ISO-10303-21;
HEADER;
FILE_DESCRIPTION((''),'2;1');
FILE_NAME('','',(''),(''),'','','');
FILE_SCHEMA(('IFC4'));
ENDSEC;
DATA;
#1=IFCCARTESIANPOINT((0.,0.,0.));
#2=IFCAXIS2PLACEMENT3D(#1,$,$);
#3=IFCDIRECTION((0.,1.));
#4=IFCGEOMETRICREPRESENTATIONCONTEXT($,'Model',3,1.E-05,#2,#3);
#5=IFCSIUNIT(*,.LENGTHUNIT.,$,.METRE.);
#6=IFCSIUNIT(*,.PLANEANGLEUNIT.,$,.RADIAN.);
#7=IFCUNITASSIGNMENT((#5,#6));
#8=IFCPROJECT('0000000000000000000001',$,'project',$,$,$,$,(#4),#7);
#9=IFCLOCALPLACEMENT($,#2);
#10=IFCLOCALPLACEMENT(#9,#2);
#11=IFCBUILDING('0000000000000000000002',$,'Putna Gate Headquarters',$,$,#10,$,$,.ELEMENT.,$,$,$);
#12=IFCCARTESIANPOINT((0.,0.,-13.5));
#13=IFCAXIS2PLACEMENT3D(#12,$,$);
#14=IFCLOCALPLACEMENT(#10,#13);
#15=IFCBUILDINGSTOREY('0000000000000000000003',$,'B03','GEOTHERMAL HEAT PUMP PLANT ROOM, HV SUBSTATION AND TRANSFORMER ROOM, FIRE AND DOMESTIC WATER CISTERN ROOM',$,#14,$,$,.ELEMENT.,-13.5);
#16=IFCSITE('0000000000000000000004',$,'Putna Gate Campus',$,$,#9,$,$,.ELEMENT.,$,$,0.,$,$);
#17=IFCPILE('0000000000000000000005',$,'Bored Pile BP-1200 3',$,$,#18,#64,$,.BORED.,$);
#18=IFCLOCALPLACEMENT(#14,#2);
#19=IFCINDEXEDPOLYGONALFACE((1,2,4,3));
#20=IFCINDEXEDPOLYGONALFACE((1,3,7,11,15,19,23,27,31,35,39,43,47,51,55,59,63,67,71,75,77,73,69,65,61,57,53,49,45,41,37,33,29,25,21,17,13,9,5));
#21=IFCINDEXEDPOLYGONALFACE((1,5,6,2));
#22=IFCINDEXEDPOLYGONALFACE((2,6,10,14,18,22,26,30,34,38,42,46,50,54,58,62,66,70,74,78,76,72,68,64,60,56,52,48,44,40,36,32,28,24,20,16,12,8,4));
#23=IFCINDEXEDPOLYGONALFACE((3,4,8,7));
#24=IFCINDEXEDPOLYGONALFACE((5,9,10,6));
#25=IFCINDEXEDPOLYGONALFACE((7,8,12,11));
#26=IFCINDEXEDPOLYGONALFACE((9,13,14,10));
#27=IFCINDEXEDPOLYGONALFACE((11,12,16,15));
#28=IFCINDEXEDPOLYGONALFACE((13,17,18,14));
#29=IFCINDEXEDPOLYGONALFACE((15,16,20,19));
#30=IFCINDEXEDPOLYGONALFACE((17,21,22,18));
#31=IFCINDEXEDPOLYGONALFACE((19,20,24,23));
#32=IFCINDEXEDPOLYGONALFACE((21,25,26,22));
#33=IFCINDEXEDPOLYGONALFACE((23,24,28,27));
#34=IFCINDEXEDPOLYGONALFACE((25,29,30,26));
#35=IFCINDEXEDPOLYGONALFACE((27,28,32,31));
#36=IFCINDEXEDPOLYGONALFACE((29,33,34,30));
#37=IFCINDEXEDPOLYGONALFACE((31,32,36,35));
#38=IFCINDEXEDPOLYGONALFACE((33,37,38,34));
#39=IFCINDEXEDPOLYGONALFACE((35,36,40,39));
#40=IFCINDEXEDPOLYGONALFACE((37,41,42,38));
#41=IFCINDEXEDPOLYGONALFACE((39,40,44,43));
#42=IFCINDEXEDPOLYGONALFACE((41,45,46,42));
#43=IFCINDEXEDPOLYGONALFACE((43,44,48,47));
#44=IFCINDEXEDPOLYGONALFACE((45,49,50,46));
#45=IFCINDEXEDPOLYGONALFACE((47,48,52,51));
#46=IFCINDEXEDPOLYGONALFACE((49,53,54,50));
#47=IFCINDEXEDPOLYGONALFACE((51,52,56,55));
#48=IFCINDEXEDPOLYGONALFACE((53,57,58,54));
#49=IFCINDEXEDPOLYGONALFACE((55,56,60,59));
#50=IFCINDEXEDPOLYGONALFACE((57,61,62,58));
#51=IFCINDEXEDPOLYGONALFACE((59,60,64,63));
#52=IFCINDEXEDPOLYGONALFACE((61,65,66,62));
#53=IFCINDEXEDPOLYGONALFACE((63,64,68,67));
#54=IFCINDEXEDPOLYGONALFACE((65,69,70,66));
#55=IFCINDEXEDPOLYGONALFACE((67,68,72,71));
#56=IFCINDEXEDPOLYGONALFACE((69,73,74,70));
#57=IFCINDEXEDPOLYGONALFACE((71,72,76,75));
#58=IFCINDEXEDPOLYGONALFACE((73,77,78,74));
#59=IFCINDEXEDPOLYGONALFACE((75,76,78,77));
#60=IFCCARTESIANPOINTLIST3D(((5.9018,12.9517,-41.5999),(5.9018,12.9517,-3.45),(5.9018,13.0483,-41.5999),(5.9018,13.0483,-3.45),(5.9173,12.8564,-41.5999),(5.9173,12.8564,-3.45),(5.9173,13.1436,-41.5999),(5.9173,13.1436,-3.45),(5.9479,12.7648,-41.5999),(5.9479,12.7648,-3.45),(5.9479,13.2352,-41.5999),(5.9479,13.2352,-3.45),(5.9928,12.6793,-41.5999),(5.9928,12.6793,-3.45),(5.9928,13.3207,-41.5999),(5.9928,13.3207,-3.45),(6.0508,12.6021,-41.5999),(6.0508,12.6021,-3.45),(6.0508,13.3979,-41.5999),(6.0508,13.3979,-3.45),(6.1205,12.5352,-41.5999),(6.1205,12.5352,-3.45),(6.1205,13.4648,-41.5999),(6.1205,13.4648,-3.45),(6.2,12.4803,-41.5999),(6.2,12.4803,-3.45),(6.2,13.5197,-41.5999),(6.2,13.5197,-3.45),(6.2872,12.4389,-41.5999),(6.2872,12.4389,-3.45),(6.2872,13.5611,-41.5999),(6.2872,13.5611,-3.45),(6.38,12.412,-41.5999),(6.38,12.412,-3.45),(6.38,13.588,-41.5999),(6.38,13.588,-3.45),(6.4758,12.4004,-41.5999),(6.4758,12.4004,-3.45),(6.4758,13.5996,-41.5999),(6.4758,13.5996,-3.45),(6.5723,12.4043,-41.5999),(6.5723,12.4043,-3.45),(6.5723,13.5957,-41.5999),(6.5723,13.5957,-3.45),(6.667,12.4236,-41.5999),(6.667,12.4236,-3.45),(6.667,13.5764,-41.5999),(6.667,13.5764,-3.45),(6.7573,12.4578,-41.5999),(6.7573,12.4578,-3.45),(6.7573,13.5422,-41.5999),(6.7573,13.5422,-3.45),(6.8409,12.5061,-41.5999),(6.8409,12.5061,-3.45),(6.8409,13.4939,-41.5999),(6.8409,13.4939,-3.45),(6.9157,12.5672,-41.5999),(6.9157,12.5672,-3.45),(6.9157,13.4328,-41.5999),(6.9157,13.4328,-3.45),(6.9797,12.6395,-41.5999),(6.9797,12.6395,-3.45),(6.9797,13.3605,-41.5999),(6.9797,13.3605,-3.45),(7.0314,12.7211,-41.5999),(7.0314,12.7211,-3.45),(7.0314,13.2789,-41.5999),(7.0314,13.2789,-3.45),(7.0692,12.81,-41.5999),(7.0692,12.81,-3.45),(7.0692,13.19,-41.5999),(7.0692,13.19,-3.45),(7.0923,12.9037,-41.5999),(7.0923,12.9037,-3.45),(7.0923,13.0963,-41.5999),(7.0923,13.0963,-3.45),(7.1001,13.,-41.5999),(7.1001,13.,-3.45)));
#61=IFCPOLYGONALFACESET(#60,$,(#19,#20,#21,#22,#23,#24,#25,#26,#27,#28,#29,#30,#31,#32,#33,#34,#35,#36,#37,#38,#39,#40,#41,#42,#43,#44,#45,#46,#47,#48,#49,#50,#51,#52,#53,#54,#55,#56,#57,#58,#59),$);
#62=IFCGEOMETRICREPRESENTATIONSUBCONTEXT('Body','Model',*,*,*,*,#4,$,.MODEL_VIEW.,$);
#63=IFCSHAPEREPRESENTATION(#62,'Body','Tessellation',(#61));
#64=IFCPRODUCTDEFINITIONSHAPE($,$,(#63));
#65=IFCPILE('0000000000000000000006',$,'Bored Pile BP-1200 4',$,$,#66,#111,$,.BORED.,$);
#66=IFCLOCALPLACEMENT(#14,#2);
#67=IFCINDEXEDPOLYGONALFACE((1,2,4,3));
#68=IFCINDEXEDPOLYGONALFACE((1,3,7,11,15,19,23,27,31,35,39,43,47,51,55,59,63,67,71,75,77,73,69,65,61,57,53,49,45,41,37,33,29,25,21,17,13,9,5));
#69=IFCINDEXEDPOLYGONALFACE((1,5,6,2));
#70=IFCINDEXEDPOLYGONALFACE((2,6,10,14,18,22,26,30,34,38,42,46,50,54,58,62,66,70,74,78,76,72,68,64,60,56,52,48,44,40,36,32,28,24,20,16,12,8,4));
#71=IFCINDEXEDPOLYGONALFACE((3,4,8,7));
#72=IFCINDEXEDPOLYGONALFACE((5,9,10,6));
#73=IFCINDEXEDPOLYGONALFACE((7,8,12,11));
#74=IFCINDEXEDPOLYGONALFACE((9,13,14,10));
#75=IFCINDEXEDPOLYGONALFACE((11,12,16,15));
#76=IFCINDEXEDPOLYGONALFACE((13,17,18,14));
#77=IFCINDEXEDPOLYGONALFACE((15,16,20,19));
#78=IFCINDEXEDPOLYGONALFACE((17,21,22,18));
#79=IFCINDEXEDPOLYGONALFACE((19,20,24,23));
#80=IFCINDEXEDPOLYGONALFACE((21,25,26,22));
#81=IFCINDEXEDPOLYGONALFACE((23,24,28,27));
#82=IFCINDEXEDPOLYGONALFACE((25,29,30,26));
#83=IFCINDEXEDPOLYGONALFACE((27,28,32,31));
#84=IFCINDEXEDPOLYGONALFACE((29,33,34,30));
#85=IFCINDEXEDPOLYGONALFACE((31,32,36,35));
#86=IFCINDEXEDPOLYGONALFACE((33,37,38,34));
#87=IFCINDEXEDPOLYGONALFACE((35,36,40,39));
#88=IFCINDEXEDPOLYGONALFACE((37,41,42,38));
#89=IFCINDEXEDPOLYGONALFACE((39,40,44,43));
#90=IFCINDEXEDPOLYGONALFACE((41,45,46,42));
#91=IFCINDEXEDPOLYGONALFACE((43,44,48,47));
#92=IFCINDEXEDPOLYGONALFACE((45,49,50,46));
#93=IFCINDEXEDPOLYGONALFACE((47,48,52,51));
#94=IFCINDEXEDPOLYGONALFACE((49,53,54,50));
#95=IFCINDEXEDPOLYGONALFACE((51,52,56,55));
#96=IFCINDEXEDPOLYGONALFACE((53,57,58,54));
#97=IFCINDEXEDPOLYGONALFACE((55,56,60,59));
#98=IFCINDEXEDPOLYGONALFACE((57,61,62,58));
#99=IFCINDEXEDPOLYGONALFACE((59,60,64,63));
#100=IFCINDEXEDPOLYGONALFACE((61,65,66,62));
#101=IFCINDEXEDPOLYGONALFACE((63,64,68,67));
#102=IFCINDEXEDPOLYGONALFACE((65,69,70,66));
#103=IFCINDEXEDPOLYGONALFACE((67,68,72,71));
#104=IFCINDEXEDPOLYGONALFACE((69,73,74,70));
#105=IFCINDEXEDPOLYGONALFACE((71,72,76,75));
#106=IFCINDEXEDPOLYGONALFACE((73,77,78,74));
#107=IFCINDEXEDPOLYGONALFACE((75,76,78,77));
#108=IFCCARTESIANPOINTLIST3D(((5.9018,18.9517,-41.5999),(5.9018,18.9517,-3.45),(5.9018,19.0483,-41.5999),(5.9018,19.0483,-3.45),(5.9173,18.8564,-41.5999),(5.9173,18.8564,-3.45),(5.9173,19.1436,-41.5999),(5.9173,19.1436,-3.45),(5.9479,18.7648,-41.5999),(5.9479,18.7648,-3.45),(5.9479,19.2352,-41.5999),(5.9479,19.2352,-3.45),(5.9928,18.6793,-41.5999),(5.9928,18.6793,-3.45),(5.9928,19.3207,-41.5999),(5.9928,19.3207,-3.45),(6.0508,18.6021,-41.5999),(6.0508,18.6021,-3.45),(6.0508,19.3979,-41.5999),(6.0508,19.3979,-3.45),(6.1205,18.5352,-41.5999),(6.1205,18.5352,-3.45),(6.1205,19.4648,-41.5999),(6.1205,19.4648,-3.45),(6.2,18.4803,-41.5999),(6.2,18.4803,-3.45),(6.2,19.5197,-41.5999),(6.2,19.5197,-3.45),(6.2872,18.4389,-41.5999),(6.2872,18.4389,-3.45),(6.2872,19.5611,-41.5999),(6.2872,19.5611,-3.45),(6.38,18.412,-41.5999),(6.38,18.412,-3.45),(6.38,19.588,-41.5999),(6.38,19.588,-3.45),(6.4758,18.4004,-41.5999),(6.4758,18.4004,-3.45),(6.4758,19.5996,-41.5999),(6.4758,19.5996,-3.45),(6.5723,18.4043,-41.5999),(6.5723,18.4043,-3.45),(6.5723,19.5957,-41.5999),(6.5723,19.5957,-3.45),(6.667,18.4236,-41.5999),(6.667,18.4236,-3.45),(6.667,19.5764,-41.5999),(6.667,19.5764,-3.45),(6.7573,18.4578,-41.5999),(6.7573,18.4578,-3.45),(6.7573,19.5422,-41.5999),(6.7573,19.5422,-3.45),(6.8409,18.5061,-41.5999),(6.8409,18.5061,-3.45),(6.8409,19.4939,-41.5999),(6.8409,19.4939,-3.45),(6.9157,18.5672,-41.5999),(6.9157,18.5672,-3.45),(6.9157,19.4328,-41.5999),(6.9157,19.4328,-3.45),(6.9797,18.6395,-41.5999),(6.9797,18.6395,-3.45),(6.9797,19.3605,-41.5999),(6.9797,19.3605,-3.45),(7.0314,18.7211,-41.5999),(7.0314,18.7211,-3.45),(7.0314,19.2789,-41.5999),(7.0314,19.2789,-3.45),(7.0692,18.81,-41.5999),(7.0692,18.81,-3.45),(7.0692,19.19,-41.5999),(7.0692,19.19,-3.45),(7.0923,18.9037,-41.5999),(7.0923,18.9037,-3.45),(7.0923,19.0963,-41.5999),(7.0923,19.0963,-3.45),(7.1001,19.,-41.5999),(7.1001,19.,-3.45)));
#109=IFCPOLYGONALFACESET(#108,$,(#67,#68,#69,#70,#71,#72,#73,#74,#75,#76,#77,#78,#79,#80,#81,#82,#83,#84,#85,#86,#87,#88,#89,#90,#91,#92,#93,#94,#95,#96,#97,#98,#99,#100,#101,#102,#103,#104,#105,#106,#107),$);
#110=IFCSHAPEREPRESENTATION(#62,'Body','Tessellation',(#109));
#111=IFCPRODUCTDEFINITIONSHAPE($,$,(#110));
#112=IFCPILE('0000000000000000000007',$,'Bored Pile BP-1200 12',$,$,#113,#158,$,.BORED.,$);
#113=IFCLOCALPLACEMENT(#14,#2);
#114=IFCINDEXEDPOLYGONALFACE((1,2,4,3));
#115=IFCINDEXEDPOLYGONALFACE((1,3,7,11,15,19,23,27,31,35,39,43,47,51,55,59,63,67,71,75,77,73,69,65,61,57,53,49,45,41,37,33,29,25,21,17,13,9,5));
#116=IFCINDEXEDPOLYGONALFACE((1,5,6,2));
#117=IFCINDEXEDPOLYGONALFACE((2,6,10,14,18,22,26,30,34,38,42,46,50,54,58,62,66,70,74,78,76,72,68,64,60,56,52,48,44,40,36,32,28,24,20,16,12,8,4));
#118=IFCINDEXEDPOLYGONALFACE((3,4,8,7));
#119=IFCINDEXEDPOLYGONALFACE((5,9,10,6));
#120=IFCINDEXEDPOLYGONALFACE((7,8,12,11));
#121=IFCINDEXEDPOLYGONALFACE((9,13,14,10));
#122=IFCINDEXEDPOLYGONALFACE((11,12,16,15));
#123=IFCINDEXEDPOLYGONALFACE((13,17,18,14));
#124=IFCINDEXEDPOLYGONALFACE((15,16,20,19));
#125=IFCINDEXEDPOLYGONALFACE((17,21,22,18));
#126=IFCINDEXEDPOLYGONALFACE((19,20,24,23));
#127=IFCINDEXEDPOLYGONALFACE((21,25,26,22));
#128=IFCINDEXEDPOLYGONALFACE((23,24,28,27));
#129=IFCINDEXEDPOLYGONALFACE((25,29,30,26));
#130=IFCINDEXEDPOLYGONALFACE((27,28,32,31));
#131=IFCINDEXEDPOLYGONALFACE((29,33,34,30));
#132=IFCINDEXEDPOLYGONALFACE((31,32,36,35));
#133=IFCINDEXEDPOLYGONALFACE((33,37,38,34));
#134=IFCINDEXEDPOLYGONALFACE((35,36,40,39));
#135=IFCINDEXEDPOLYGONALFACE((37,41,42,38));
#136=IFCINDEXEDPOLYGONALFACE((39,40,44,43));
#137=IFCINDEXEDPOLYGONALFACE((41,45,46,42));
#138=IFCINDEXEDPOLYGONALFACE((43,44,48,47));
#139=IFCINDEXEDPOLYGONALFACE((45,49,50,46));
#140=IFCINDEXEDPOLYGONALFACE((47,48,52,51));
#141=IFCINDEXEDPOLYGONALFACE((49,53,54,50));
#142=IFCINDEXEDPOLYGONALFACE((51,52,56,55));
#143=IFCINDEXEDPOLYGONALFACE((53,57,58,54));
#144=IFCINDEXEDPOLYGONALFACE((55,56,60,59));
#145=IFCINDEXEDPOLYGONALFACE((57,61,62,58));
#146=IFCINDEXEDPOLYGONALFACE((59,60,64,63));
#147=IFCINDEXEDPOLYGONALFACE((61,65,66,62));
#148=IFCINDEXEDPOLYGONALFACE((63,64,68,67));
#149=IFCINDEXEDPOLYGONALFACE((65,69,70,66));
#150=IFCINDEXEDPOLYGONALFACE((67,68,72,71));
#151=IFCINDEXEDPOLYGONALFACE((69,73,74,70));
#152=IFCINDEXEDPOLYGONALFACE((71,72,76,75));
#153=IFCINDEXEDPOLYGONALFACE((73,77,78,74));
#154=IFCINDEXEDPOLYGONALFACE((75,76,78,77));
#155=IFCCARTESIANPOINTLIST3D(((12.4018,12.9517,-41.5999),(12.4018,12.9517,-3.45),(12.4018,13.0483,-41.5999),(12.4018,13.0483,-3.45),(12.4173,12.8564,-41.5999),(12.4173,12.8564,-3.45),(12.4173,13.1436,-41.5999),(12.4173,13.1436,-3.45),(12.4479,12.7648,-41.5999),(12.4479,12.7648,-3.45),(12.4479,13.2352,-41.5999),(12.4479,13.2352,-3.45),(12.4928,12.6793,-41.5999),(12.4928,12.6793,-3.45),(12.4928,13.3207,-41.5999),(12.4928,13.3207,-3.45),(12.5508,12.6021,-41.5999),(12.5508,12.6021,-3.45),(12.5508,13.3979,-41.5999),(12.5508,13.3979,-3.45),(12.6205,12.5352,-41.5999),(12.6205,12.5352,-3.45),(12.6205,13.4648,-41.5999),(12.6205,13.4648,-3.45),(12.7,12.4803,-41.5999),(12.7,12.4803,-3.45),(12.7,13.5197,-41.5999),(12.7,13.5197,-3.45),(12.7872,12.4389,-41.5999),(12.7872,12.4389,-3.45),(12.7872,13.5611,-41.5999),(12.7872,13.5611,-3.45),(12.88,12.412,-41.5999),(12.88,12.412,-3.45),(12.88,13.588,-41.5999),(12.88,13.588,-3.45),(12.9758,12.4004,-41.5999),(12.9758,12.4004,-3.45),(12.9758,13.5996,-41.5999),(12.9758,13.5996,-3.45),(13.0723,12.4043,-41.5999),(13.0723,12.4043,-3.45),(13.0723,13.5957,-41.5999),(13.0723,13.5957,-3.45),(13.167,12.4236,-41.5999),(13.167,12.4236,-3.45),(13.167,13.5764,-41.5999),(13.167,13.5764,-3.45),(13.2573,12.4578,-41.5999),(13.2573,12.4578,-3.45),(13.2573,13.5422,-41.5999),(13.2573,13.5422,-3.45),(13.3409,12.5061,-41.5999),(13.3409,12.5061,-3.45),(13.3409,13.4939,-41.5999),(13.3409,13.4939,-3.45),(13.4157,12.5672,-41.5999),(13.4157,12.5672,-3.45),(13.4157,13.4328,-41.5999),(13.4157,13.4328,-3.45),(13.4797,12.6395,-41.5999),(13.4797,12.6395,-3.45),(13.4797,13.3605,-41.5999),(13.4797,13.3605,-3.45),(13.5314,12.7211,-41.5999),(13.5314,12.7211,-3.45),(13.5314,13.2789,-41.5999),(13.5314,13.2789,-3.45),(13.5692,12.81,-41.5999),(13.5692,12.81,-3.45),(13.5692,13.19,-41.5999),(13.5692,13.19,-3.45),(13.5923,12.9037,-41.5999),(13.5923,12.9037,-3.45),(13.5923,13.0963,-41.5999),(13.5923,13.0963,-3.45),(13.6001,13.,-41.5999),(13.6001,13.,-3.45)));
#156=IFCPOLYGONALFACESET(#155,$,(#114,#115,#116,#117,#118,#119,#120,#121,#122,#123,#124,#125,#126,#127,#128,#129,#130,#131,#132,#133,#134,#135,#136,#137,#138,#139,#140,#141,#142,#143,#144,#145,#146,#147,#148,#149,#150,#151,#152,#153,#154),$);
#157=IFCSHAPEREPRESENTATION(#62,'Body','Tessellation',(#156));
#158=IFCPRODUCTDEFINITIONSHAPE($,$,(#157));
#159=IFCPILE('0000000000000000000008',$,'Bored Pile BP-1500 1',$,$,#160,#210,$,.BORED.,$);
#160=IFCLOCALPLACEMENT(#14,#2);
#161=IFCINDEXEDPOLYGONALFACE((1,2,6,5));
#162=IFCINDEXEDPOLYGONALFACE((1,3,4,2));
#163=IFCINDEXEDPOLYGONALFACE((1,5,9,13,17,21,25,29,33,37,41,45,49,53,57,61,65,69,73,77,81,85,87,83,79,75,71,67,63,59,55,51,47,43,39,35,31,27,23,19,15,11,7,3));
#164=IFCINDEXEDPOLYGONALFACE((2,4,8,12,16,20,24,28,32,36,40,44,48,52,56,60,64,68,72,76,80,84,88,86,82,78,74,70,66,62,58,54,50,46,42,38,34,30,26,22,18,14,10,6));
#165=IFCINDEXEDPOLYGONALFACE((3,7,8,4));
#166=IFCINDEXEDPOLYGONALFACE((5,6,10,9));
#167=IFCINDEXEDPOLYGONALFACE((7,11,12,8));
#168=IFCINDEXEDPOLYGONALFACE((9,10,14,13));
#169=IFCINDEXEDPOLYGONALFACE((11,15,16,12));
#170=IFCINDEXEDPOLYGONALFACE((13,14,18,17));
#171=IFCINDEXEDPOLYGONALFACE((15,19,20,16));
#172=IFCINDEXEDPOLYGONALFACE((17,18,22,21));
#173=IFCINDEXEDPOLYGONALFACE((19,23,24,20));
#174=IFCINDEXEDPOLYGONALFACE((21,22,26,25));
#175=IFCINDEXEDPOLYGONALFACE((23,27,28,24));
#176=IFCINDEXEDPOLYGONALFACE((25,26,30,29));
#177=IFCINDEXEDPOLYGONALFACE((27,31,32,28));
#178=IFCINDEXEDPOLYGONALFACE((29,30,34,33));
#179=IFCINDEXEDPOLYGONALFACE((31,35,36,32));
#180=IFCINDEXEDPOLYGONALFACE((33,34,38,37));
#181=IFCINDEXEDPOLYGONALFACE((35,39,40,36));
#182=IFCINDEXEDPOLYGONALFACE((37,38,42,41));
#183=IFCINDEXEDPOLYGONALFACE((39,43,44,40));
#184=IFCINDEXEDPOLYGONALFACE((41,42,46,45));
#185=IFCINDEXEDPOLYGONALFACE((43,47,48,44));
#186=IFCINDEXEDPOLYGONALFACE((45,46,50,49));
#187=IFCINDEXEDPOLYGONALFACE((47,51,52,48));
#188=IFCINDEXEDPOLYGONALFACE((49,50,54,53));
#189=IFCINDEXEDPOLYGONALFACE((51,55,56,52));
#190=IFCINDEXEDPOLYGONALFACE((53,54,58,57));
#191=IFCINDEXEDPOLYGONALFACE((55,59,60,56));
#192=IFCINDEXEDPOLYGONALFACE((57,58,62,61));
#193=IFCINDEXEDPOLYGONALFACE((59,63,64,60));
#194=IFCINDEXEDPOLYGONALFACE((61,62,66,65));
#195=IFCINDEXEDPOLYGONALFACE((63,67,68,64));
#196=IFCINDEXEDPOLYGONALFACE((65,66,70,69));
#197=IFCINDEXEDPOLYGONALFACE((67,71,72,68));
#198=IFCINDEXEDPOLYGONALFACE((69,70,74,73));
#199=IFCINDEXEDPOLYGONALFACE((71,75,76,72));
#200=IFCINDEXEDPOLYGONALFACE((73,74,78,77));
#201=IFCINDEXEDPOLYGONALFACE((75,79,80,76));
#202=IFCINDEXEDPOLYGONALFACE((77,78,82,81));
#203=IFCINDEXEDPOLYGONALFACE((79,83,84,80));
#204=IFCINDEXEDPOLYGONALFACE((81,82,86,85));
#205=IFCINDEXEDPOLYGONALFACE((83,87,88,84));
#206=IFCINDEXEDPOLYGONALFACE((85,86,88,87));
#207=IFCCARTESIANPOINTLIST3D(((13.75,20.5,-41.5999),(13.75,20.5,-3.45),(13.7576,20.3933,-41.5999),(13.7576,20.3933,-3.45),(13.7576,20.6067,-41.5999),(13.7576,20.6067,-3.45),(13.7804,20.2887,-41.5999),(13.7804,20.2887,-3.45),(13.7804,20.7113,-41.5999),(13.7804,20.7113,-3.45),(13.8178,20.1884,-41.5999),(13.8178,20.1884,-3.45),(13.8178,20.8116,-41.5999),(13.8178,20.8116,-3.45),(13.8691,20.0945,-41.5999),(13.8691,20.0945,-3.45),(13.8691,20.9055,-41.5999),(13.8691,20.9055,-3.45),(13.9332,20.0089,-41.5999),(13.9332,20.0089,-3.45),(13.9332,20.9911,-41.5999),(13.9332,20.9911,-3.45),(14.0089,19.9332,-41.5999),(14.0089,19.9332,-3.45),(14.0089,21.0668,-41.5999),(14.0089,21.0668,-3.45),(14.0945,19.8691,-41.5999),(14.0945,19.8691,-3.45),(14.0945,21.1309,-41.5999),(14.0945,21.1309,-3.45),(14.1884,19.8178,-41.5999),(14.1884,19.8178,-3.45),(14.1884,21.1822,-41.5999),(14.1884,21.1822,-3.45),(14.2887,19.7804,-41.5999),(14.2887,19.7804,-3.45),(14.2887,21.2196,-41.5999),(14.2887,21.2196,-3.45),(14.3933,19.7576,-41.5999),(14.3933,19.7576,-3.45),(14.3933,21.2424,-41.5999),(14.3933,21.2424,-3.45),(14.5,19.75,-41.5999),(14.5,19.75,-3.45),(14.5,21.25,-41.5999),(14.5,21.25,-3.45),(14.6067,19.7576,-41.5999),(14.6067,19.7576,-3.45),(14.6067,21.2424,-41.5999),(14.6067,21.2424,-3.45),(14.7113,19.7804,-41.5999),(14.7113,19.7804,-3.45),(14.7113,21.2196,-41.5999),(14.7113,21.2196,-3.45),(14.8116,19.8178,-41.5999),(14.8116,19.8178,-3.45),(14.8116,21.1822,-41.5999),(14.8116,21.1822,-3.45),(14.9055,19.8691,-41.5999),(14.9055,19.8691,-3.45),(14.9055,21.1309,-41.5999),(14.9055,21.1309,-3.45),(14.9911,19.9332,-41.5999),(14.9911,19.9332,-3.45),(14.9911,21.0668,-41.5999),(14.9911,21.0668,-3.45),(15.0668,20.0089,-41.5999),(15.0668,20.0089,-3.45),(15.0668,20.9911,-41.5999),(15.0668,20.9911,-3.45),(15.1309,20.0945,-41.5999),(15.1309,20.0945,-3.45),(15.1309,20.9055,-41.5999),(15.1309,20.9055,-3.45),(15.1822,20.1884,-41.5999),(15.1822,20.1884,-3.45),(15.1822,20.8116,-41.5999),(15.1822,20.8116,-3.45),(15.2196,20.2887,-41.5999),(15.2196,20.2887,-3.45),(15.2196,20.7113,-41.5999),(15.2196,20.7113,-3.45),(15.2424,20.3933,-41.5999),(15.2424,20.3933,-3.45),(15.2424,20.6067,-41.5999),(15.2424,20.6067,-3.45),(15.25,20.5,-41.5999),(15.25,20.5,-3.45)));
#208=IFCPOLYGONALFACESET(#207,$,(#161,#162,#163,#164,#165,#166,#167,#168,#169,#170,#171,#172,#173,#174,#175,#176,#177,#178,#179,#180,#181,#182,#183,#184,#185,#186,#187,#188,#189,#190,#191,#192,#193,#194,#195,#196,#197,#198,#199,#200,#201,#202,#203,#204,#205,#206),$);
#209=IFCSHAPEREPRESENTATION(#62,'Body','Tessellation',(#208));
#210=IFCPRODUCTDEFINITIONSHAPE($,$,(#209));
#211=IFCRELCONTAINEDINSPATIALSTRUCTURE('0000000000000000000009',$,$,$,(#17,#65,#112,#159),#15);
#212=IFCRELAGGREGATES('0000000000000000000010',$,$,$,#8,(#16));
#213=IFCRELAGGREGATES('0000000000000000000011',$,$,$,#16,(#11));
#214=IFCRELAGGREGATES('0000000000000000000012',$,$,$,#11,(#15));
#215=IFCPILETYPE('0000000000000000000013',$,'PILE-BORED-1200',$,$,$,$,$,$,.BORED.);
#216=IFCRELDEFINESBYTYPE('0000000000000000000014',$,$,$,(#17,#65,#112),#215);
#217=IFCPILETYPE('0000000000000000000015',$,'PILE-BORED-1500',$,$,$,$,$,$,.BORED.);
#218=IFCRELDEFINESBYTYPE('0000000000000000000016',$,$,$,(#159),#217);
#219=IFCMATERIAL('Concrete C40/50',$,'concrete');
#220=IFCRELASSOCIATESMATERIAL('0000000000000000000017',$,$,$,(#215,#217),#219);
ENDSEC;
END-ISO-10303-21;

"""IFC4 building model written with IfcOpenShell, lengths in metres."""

from ifc_helpers import new_model, si_unit, direction, frame, origin, origin_2d, place, context, subcontext, project, spatial, circle, extrude, material, material_profile, profile_set, type_object, element, save


model = new_model("IFC4")

# Units and contexts
model_context = context("Model", 3, precision=1e-05, world=origin(), true_north=direction((0.0, 1.0)))
body_context = subcontext(model_context, "Body", "Model", "MODEL_VIEW")
ifc_project = project(units=[si_unit("LENGTHUNIT", "METRE"), si_unit("PLANEANGLEUNIT", "RADIAN")], contexts=[model_context])

# Site, building, storey
site_placement = place(None, origin())
site = spatial("IfcSite", under=ifc_project, at=site_placement, Name="Putna Gate Campus", CompositionType="ELEMENT", RefElevation=0.0)
building_placement = place(site_placement, origin())
building = spatial("IfcBuilding", under=site, at=building_placement, Name="Putna Gate Headquarters", CompositionType="ELEMENT")
storey_placement = place(building_placement, frame((0.0, 0.0, -13.5)))
storey = spatial("IfcBuildingStorey", under=building, at=storey_placement, Name="B03", Description="GEOTHERMAL HEAT PUMP PLANT ROOM, HV SUBSTATION AND TRANSFORMER ROOM, FIRE AND DOMESTIC WATER CISTERN ROOM", CompositionType="ELEMENT", Elevation=-13.5)

# Piles
ifc_material_1 = material(Name="Concrete C40/50", Category="concrete")
ifc_material_profile_1 = material_profile(ifc_material_1, circle(Radius=0.6001, at=origin_2d()), Name="Concrete C40/50")
ifc_profile_set_1 = profile_set([ifc_material_profile_1], Name="Concrete C40/50")
pile_type_1 = type_object("IfcPileType", Name="PILE-BORED-1200", PredefinedType="BORED", material=ifc_profile_set_1)
for number, where, z_axis, x_axis, name in (
    (1, (6.5, 13.0, -3.45), (0.0, 0.0, -1.0), (1.0, 0.0, 0.0), "Bored Pile BP-1200 3"),
    (2, (6.5, 19.0, -3.45), (0.0, 0.0, -1.0), (1.0, 0.0, 0.0), "Bored Pile BP-1200 4"),
    (3, (13.0, 13.0, -3.45), (0.0, 0.0, -1.0), (1.0, 0.0, 0.0), "Bored Pile BP-1200 12"),
):
    element("IfcPile", number, at=place(storey_placement, frame(where, z_axis=z_axis, x_axis=x_axis)), inside=storey, type_object=pile_type_1, Name=name, PredefinedType="BORED", context=body_context, shape_type="SweptSolid", body=[
        extrude(circle(Radius=0.6001, at=origin_2d()), origin(), (0.0, 0.0, 1.0), 38.1499),
    ])
ifc_material_profile_2 = material_profile(ifc_material_1, circle(Radius=0.75, at=origin_2d()), Name="Concrete C40/50")
ifc_profile_set_2 = profile_set([ifc_material_profile_2], Name="Concrete C40/50")
pile_type_2 = type_object("IfcPileType", Name="PILE-BORED-1500", PredefinedType="BORED", material=ifc_profile_set_2)
pile_placement = place(storey_placement, frame((14.5, 20.5, -3.45), z_axis=(0.0, 0.0, -1.0), x_axis=(1.0, 0.0, 0.0)))
element("IfcPile", 4, at=pile_placement, inside=storey, type_object=pile_type_2, Name="Bored Pile BP-1500 1", PredefinedType="BORED", context=body_context, shape_type="SweptSolid", body=[
    extrude(circle(Radius=0.75, at=origin_2d()), origin(), (0.0, 0.0, 1.0), 38.1499),
])

save(model, "model.ifc")
